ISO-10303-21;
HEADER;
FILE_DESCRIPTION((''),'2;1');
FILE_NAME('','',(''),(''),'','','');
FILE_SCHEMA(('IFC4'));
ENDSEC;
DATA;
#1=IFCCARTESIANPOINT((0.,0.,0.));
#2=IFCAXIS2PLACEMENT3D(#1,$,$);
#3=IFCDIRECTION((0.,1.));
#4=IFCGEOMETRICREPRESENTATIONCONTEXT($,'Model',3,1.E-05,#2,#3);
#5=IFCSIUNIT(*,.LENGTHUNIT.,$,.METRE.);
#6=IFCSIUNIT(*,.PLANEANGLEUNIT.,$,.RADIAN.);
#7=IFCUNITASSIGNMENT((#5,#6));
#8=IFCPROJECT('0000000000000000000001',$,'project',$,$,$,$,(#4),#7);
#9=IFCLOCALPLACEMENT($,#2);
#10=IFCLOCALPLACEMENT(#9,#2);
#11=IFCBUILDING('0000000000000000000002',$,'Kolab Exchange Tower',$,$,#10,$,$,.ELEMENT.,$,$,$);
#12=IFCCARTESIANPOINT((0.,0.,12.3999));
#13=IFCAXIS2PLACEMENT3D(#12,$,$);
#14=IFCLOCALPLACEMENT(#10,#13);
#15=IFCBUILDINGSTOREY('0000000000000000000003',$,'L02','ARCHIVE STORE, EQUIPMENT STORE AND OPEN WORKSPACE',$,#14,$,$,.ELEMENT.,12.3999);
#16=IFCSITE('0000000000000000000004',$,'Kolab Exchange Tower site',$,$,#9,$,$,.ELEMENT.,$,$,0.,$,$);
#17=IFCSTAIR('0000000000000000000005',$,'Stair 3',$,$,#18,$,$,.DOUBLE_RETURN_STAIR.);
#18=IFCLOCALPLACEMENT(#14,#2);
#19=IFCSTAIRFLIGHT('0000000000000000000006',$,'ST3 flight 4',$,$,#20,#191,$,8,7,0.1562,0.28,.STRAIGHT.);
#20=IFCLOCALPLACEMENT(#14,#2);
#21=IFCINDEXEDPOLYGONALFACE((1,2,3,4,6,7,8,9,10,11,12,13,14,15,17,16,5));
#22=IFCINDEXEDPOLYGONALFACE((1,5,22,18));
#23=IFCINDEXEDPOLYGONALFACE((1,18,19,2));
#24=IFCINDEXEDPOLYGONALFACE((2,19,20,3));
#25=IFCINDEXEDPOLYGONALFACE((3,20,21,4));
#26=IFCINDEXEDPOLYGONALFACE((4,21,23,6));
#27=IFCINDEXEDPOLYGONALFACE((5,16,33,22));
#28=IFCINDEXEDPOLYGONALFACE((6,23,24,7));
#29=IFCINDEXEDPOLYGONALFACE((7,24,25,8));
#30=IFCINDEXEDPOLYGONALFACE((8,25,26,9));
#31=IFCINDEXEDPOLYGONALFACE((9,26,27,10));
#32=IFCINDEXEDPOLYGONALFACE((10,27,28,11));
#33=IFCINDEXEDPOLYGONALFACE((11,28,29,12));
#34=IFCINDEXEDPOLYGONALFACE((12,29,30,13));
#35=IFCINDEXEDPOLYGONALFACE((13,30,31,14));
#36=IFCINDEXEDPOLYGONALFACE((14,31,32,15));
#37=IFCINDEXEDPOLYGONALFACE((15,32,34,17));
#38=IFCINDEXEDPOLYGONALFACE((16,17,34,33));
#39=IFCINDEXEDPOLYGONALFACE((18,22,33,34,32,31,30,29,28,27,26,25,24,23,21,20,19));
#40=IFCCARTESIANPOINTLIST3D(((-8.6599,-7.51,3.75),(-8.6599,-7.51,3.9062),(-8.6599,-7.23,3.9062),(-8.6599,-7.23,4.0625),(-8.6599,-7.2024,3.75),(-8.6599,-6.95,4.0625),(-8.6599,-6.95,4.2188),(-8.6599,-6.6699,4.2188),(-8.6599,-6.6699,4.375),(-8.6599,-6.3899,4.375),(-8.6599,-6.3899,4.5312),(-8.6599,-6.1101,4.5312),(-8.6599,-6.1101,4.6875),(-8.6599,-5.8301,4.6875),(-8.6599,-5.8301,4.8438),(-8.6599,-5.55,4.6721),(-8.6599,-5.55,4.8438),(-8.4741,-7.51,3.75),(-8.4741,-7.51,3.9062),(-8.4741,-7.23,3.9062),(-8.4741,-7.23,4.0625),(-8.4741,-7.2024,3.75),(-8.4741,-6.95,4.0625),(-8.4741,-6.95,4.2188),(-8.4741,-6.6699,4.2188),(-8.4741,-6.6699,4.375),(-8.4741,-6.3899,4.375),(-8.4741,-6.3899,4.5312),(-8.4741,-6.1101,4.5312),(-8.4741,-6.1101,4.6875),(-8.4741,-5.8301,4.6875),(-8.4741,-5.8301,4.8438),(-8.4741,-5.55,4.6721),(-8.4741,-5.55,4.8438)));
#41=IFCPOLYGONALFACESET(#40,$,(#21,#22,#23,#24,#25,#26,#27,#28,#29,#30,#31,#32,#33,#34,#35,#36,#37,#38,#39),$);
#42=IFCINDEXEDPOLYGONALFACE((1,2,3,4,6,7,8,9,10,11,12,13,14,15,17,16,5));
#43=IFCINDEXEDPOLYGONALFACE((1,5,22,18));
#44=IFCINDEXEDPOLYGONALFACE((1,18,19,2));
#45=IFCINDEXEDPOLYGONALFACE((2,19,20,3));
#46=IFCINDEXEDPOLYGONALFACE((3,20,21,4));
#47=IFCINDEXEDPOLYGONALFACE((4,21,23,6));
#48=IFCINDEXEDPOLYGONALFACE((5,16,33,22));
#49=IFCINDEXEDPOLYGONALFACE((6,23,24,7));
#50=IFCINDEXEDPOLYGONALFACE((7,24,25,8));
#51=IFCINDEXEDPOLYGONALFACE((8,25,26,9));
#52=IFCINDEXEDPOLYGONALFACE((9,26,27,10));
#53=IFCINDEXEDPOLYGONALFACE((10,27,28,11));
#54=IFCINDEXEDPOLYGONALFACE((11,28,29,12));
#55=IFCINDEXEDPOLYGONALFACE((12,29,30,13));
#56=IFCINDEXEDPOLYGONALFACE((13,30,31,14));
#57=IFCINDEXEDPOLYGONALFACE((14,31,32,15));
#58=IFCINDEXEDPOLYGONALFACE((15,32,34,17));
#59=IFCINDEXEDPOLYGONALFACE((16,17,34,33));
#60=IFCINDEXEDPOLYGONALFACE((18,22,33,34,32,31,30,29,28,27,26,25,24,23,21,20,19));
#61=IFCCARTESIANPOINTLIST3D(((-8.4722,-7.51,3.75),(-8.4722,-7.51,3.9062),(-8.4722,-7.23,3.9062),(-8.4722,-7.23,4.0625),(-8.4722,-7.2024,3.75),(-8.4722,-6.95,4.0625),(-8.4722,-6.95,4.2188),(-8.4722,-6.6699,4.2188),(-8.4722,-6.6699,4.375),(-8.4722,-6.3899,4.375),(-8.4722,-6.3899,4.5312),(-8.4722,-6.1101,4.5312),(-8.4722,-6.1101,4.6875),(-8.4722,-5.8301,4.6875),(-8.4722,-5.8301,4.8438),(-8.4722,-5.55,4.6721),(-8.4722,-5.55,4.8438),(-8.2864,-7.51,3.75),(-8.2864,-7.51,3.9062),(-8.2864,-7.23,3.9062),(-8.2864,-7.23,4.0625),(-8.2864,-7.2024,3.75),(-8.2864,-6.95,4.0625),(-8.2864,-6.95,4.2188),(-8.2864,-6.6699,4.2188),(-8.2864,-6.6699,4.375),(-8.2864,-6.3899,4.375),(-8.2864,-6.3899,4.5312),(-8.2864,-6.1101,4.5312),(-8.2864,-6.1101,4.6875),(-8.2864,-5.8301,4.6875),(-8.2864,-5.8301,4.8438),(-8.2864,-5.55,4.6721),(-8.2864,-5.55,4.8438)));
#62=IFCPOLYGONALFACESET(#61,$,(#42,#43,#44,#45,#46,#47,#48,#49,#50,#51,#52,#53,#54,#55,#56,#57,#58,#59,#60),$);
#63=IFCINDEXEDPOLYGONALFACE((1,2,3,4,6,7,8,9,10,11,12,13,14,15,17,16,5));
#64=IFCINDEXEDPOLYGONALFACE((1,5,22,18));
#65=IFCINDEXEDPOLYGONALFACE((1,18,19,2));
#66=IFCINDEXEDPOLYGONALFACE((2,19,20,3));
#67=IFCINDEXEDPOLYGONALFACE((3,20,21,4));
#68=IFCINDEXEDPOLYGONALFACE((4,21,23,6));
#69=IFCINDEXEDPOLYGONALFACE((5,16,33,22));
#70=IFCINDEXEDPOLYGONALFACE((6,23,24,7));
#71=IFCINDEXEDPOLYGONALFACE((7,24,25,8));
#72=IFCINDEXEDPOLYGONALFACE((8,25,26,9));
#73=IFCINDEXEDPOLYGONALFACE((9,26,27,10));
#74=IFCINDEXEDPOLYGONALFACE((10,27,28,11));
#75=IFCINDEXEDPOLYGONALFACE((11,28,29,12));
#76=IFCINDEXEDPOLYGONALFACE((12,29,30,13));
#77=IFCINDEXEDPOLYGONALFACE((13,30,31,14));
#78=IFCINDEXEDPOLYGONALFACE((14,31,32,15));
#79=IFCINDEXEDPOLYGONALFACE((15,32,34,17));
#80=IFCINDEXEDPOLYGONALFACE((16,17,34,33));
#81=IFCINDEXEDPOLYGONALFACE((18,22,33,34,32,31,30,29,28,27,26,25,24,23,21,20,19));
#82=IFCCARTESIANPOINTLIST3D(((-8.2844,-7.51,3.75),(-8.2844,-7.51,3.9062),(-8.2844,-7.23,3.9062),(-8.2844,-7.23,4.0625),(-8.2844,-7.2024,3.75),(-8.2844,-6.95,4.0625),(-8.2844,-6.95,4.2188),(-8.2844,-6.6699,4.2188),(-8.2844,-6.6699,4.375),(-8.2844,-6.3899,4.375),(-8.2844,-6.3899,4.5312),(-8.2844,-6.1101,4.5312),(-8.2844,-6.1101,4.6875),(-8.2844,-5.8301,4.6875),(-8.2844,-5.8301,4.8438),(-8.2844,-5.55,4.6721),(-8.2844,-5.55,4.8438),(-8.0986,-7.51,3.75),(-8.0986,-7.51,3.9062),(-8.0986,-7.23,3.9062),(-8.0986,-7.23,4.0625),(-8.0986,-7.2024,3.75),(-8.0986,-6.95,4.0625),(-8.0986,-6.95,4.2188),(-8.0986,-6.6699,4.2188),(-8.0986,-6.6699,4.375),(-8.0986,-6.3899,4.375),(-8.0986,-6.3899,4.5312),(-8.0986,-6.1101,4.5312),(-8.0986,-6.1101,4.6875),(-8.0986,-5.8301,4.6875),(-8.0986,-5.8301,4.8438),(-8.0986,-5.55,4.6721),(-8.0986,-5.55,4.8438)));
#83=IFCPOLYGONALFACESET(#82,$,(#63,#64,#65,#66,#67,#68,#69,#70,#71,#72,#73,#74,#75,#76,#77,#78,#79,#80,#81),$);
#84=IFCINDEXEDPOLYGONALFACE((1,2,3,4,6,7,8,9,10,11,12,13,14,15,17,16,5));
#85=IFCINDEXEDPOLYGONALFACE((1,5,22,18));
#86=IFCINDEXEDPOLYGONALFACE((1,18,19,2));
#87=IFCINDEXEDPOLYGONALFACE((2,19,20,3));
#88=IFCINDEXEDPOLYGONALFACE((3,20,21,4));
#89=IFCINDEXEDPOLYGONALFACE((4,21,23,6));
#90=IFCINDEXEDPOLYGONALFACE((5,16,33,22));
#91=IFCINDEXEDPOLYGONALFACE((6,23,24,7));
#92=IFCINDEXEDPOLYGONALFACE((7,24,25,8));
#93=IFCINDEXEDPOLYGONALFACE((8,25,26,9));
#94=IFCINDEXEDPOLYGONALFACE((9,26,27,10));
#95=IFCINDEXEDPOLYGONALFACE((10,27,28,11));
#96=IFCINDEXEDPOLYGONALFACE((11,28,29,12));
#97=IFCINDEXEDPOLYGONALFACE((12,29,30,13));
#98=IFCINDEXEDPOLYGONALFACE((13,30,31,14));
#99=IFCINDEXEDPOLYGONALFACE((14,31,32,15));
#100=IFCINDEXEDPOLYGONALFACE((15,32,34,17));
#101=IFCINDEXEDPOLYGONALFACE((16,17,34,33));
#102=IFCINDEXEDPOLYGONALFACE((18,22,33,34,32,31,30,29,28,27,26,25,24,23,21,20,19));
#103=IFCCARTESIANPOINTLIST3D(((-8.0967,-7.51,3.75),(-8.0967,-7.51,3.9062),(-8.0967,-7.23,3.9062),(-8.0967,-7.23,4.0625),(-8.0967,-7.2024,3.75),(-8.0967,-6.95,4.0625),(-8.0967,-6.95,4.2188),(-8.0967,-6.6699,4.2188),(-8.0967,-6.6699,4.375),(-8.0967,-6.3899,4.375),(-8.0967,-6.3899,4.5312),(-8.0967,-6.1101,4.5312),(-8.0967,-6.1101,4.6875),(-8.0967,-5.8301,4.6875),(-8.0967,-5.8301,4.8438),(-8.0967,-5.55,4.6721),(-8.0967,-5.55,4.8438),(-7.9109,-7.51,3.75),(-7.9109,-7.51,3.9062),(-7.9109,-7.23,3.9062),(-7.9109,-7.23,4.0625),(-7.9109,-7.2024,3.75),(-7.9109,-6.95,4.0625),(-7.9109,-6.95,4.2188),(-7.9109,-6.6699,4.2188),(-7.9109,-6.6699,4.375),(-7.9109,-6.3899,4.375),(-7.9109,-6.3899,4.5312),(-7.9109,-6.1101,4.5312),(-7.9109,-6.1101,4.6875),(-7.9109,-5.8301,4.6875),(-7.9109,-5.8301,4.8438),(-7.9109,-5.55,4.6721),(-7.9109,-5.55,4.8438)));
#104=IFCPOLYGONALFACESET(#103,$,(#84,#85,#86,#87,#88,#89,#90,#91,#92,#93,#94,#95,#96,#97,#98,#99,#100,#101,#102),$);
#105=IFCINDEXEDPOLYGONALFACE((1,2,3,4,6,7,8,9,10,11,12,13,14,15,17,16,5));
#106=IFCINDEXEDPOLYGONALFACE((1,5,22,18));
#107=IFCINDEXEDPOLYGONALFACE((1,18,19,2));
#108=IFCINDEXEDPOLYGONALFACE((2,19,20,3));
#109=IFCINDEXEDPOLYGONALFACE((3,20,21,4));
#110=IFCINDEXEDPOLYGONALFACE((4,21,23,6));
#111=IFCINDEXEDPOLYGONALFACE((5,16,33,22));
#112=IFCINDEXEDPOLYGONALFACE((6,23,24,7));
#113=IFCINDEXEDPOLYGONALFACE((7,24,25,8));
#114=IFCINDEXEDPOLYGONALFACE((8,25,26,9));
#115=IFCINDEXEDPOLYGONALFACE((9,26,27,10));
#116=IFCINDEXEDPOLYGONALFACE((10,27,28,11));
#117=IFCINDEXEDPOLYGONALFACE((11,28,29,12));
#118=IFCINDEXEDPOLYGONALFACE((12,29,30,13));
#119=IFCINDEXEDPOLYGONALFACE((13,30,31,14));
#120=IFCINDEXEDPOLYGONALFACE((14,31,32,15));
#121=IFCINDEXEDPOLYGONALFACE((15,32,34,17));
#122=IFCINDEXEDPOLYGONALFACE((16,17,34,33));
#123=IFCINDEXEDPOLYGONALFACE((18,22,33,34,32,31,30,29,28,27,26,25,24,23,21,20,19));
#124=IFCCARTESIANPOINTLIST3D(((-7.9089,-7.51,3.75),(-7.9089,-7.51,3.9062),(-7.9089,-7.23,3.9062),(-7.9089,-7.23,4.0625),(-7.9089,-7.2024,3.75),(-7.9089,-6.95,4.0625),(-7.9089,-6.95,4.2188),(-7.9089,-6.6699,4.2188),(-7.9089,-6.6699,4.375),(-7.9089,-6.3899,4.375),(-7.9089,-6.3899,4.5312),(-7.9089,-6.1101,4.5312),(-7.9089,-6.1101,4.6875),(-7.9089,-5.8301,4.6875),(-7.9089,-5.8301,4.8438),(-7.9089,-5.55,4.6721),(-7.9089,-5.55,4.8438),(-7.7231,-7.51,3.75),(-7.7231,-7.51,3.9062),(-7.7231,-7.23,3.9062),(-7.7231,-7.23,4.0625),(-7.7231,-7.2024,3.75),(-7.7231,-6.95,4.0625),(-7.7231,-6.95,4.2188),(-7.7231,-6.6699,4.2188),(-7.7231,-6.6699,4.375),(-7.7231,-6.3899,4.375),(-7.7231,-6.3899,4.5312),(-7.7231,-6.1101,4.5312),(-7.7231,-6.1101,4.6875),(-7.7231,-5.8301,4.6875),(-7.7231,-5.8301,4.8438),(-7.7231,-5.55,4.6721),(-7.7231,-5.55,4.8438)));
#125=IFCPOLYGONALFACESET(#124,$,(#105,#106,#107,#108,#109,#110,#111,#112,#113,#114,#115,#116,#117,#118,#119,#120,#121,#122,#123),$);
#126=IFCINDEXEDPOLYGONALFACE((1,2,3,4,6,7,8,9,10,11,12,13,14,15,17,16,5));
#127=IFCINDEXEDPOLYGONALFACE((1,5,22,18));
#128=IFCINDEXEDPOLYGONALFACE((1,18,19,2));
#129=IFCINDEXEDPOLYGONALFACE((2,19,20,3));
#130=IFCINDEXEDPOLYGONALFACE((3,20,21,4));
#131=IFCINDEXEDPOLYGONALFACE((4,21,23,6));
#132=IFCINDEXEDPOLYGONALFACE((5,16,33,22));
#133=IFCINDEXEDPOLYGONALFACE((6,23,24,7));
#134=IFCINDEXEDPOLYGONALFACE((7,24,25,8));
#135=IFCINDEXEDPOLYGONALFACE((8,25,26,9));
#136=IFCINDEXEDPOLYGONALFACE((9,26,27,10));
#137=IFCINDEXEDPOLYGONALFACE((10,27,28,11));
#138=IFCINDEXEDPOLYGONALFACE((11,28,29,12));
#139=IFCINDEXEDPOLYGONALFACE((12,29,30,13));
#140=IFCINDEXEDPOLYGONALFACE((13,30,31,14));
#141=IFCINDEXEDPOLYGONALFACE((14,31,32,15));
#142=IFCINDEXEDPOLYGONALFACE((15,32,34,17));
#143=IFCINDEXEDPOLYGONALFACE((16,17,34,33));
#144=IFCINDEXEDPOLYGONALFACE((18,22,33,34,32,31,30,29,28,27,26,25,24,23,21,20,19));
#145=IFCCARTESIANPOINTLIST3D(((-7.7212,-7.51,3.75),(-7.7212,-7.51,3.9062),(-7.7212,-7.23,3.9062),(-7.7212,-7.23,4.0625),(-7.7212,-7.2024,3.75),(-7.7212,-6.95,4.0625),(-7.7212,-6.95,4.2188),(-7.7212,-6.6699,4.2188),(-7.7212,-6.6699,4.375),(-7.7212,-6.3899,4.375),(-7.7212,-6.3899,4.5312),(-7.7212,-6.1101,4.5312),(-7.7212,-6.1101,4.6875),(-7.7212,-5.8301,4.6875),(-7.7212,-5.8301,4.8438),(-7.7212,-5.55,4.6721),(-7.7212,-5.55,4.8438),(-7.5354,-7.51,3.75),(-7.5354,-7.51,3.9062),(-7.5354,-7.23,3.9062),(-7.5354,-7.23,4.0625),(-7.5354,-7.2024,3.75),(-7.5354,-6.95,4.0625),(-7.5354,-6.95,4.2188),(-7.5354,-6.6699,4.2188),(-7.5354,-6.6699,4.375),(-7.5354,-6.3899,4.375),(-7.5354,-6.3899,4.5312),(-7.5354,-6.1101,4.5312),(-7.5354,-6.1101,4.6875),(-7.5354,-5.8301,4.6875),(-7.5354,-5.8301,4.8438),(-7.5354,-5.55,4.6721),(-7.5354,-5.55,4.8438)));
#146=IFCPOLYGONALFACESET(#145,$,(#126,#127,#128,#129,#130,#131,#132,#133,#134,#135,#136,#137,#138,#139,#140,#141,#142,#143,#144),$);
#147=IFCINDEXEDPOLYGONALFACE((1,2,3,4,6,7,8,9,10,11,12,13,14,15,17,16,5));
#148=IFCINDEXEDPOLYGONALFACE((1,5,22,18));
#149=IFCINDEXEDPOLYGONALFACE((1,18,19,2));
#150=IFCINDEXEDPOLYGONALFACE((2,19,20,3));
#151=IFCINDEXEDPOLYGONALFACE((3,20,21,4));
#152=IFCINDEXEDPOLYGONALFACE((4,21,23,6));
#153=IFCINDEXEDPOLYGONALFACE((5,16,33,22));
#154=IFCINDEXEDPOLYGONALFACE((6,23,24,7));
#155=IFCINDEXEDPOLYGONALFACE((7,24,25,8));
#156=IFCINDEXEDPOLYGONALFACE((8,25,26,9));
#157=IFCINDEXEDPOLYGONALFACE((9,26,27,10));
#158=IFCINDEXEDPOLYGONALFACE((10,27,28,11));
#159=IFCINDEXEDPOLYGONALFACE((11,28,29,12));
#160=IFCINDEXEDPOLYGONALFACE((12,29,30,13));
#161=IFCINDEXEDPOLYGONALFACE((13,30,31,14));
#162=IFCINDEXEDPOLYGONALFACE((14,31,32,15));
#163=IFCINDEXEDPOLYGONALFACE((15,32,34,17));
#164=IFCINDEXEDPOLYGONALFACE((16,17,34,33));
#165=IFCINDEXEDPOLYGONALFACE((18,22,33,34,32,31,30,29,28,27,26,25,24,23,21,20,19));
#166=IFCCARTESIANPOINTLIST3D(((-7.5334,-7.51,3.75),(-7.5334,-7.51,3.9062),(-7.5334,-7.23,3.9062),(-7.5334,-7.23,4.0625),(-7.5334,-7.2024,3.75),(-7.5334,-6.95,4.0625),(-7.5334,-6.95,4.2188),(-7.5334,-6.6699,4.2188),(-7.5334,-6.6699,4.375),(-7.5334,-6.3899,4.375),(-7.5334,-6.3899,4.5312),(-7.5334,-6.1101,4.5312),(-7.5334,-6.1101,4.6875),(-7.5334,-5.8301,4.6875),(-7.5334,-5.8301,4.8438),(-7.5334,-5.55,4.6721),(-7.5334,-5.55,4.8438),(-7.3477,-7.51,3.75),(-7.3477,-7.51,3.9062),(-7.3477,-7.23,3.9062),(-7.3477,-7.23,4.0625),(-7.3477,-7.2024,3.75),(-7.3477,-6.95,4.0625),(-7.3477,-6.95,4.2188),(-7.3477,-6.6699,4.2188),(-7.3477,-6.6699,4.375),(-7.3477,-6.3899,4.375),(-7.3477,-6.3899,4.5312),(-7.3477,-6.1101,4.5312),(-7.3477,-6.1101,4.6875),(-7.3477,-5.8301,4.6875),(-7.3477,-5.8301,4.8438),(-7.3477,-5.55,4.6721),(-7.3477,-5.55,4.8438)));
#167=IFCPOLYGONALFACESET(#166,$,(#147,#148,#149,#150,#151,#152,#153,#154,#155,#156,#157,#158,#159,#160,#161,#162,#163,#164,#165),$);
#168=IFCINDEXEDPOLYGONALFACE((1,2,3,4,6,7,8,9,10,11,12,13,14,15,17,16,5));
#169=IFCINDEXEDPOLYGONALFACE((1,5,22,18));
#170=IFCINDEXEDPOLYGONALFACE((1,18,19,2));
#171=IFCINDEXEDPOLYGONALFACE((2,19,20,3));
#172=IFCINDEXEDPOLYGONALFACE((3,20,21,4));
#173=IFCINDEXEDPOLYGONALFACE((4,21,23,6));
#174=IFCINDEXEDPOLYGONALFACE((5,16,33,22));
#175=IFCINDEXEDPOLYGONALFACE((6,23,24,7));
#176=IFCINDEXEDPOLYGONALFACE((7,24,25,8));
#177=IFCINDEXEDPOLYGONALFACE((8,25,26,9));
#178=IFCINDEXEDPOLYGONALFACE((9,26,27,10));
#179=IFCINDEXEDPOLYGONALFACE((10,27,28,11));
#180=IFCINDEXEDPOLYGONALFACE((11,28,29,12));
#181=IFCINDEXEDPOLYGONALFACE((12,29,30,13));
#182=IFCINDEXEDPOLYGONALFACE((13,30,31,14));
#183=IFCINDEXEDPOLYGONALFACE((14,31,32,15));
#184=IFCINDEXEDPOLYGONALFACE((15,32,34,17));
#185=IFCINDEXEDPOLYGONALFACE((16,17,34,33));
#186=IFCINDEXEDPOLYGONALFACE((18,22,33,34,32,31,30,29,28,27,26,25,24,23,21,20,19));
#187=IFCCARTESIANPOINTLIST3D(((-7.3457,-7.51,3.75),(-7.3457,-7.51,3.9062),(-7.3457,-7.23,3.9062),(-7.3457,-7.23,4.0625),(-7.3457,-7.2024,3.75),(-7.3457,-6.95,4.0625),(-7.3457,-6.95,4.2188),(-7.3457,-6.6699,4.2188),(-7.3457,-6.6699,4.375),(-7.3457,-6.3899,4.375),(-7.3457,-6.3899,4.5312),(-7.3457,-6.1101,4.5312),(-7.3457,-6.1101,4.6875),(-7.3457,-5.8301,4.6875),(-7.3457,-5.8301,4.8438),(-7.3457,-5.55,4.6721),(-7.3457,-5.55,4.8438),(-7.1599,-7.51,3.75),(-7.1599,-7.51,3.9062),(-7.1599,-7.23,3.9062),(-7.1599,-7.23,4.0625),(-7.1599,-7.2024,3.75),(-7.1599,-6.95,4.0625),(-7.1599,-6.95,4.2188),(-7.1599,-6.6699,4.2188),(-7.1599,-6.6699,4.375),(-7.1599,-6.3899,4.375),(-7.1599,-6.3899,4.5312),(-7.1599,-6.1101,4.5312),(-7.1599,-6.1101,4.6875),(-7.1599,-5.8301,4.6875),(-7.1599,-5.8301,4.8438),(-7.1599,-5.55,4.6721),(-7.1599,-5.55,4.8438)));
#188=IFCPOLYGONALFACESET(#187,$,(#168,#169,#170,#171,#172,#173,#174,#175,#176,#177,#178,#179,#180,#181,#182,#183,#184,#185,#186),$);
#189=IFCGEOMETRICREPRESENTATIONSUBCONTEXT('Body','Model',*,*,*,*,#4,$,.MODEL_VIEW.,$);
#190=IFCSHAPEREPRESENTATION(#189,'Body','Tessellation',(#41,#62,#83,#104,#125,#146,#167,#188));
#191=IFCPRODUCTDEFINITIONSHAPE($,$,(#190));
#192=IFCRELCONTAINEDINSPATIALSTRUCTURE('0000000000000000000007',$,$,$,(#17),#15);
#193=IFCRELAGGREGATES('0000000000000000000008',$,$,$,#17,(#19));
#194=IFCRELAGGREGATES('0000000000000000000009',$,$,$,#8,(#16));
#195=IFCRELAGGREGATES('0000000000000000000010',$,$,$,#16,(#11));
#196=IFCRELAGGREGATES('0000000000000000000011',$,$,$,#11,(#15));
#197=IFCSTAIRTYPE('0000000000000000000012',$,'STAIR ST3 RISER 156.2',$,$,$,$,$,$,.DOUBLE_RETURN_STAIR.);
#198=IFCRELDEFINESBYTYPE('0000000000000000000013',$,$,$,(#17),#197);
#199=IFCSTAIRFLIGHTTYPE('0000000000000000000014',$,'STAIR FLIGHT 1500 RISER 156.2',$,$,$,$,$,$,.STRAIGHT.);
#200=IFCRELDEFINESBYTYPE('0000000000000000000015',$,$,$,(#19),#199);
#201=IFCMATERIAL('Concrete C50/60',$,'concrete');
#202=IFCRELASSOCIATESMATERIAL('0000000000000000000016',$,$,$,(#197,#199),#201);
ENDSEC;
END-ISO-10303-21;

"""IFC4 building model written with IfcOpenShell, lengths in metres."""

from ifc_helpers import new_model, si_unit, direction, frame, origin, place, context, subcontext, project, spatial, polyline, outline, extrude, material, type_object, element, aggregate, save


model = new_model("IFC4")

# Units and contexts
model_context = context("Model", 3, precision=1e-05, world=origin(), true_north=direction((0.0, 1.0)))
body_context = subcontext(model_context, "Body", "Model", "MODEL_VIEW")
ifc_project = project(units=[si_unit("LENGTHUNIT", "METRE"), si_unit("PLANEANGLEUNIT", "RADIAN")], contexts=[model_context])

# Site, building, storey
site_placement = place(None, origin())
site = spatial("IfcSite", under=ifc_project, at=site_placement, Name="Kolab Exchange Tower site", CompositionType="ELEMENT", RefElevation=0.0)
building_placement = place(site_placement, origin())
building = spatial("IfcBuilding", under=site, at=building_placement, Name="Kolab Exchange Tower", CompositionType="ELEMENT")
storey_placement = place(building_placement, frame((0.0, 0.0, 12.3999)))
storey = spatial("IfcBuildingStorey", under=building, at=storey_placement, Name="L02", Description="ARCHIVE STORE, EQUIPMENT STORE AND OPEN WORKSPACE", CompositionType="ELEMENT", Elevation=12.3999)

# Shared definitions
ifc_material_1 = material(Name="Concrete C50/60", Category="concrete")

# Stair, stair flight
stair_type = type_object("IfcStairType", Name="STAIR ST3 RISER 156.2", PredefinedType="DOUBLE_RETURN_STAIR", material=ifc_material_1)
stair_placement = place(storey_placement, origin())
stair = element("IfcStair", 1, at=stair_placement, inside=storey, type_object=stair_type, Name="Stair 3", PredefinedType="DOUBLE_RETURN_STAIR")
stair_flight_type = type_object("IfcStairFlightType", Name="STAIR FLIGHT 1500 RISER 156.2", PredefinedType="STRAIGHT", material=ifc_material_1)
stair_flight_1_placement = place(storey_placement, frame((-7.9099, -7.51, 3.75), z_axis=(0.0, 0.0, 1.0), x_axis=(0.0, 1.0, 0.0)))
stair_flight_1 = element("IfcStairFlight", 2, at=stair_flight_1_placement, type_object=stair_flight_type, Name="ST3 flight 4", NumberOfRisers=8, NumberOfTreads=7, PredefinedType="STRAIGHT", RiserHeight=0.1562, TreadLength=0.28, context=body_context, shape_type="SweptSolid", body=[
    extrude(outline(polyline([(0.0, 0.0), (0.0, 0.1562), (0.28, 0.1562), (0.28, 0.3125), (0.5601, 0.3125), (0.5601, 0.4688), (0.8401, 0.4688), (0.8401, 0.625), (1.1201, 0.625), (1.1201, 0.7812), (1.3999, 0.7812), (1.3999, 0.9375), (1.6799, 0.9375), (1.6799, 1.0938), (1.96, 1.0938), (1.96, 1.25), (1.96, 0.9221), (0.3076, 0.0), (0.0, 0.0)])), frame((0.0, 0.75, 0.0), z_axis=(0.0, -1.0, 0.0), x_axis=(1.0, 0.0, 0.0)), (0.0, 0.0, 1.0), 0.1858),
    extrude(outline(polyline([(0.0, 0.0), (0.0, 0.1562), (0.28, 0.1562), (0.28, 0.3125), (0.5601, 0.3125), (0.5601, 0.4688), (0.8401, 0.4688), (0.8401, 0.625), (1.1201, 0.625), (1.1201, 0.7812), (1.3999, 0.7812), (1.3999, 0.9375), (1.6799, 0.9375), (1.6799, 1.0938), (1.96, 1.0938), (1.96, 1.25), (1.96, 0.9221), (0.3076, 0.0), (0.0, 0.0)])), frame((0.0, 0.5623, 0.0), z_axis=(0.0, -1.0, 0.0), x_axis=(1.0, 0.0, 0.0)), (0.0, 0.0, 1.0), 0.1858),
    extrude(outline(polyline([(0.0, 0.0), (0.0, 0.1562), (0.28, 0.1562), (0.28, 0.3125), (0.5601, 0.3125), (0.5601, 0.4688), (0.8401, 0.4688), (0.8401, 0.625), (1.1201, 0.625), (1.1201, 0.7812), (1.3999, 0.7812), (1.3999, 0.9375), (1.6799, 0.9375), (1.6799, 1.0938), (1.96, 1.0938), (1.96, 1.25), (1.96, 0.9221), (0.3076, 0.0), (0.0, 0.0)])), frame((0.0, 0.3745, 0.0), z_axis=(0.0, -1.0, 0.0), x_axis=(1.0, 0.0, 0.0)), (0.0, 0.0, 1.0), 0.1858),
    extrude(outline(polyline([(0.0, 0.0), (0.0, 0.1562), (0.28, 0.1562), (0.28, 0.3125), (0.5601, 0.3125), (0.5601, 0.4688), (0.8401, 0.4688), (0.8401, 0.625), (1.1201, 0.625), (1.1201, 0.7812), (1.3999, 0.7812), (1.3999, 0.9375), (1.6799, 0.9375), (1.6799, 1.0938), (1.96, 1.0938), (1.96, 1.25), (1.96, 0.9221), (0.3076, 0.0), (0.0, 0.0)])), frame((0.0, 0.1868, 0.0), z_axis=(0.0, -1.0, 0.0), x_axis=(1.0, 0.0, 0.0)), (0.0, 0.0, 1.0), 0.1858),
    extrude(outline(polyline([(0.0, 0.0), (0.0, 0.1562), (0.28, 0.1562), (0.28, 0.3125), (0.5601, 0.3125), (0.5601, 0.4688), (0.8401, 0.4688), (0.8401, 0.625), (1.1201, 0.625), (1.1201, 0.7812), (1.3999, 0.7812), (1.3999, 0.9375), (1.6799, 0.9375), (1.6799, 1.0938), (1.96, 1.0938), (1.96, 1.25), (1.96, 0.9221), (0.3076, 0.0), (0.0, 0.0)])), frame((0.0, -0.001, 0.0), z_axis=(0.0, -1.0, 0.0), x_axis=(1.0, 0.0, 0.0)), (0.0, 0.0, 1.0), 0.1858),
    extrude(outline(polyline([(0.0, 0.0), (0.0, 0.1562), (0.28, 0.1562), (0.28, 0.3125), (0.5601, 0.3125), (0.5601, 0.4688), (0.8401, 0.4688), (0.8401, 0.625), (1.1201, 0.625), (1.1201, 0.7812), (1.3999, 0.7812), (1.3999, 0.9375), (1.6799, 0.9375), (1.6799, 1.0938), (1.96, 1.0938), (1.96, 1.25), (1.96, 0.9221), (0.3076, 0.0), (0.0, 0.0)])), frame((0.0, -0.1887, 0.0), z_axis=(0.0, -1.0, 0.0), x_axis=(1.0, 0.0, 0.0)), (0.0, 0.0, 1.0), 0.1858),
    extrude(outline(polyline([(0.0, 0.0), (0.0, 0.1562), (0.28, 0.1562), (0.28, 0.3125), (0.5601, 0.3125), (0.5601, 0.4688), (0.8401, 0.4688), (0.8401, 0.625), (1.1201, 0.625), (1.1201, 0.7812), (1.3999, 0.7812), (1.3999, 0.9375), (1.6799, 0.9375), (1.6799, 1.0938), (1.96, 1.0938), (1.96, 1.25), (1.96, 0.9221), (0.3076, 0.0), (0.0, 0.0)])), frame((0.0, -0.3765, 0.0), z_axis=(0.0, -1.0, 0.0), x_axis=(1.0, 0.0, 0.0)), (0.0, 0.0, 1.0), 0.1858),
    extrude(outline(polyline([(0.0, 0.0), (0.0, 0.1562), (0.28, 0.1562), (0.28, 0.3125), (0.5601, 0.3125), (0.5601, 0.4688), (0.8401, 0.4688), (0.8401, 0.625), (1.1201, 0.625), (1.1201, 0.7812), (1.3999, 0.7812), (1.3999, 0.9375), (1.6799, 0.9375), (1.6799, 1.0938), (1.96, 1.0938), (1.96, 1.25), (1.96, 0.9221), (0.3076, 0.0), (0.0, 0.0)])), frame((0.0, -0.5642, 0.0), z_axis=(0.0, -1.0, 0.0), x_axis=(1.0, 0.0, 0.0)), (0.0, 0.0, 1.0), 0.1858),
])
aggregate(stair, [stair_flight_1])

save(model, "model.ifc")
